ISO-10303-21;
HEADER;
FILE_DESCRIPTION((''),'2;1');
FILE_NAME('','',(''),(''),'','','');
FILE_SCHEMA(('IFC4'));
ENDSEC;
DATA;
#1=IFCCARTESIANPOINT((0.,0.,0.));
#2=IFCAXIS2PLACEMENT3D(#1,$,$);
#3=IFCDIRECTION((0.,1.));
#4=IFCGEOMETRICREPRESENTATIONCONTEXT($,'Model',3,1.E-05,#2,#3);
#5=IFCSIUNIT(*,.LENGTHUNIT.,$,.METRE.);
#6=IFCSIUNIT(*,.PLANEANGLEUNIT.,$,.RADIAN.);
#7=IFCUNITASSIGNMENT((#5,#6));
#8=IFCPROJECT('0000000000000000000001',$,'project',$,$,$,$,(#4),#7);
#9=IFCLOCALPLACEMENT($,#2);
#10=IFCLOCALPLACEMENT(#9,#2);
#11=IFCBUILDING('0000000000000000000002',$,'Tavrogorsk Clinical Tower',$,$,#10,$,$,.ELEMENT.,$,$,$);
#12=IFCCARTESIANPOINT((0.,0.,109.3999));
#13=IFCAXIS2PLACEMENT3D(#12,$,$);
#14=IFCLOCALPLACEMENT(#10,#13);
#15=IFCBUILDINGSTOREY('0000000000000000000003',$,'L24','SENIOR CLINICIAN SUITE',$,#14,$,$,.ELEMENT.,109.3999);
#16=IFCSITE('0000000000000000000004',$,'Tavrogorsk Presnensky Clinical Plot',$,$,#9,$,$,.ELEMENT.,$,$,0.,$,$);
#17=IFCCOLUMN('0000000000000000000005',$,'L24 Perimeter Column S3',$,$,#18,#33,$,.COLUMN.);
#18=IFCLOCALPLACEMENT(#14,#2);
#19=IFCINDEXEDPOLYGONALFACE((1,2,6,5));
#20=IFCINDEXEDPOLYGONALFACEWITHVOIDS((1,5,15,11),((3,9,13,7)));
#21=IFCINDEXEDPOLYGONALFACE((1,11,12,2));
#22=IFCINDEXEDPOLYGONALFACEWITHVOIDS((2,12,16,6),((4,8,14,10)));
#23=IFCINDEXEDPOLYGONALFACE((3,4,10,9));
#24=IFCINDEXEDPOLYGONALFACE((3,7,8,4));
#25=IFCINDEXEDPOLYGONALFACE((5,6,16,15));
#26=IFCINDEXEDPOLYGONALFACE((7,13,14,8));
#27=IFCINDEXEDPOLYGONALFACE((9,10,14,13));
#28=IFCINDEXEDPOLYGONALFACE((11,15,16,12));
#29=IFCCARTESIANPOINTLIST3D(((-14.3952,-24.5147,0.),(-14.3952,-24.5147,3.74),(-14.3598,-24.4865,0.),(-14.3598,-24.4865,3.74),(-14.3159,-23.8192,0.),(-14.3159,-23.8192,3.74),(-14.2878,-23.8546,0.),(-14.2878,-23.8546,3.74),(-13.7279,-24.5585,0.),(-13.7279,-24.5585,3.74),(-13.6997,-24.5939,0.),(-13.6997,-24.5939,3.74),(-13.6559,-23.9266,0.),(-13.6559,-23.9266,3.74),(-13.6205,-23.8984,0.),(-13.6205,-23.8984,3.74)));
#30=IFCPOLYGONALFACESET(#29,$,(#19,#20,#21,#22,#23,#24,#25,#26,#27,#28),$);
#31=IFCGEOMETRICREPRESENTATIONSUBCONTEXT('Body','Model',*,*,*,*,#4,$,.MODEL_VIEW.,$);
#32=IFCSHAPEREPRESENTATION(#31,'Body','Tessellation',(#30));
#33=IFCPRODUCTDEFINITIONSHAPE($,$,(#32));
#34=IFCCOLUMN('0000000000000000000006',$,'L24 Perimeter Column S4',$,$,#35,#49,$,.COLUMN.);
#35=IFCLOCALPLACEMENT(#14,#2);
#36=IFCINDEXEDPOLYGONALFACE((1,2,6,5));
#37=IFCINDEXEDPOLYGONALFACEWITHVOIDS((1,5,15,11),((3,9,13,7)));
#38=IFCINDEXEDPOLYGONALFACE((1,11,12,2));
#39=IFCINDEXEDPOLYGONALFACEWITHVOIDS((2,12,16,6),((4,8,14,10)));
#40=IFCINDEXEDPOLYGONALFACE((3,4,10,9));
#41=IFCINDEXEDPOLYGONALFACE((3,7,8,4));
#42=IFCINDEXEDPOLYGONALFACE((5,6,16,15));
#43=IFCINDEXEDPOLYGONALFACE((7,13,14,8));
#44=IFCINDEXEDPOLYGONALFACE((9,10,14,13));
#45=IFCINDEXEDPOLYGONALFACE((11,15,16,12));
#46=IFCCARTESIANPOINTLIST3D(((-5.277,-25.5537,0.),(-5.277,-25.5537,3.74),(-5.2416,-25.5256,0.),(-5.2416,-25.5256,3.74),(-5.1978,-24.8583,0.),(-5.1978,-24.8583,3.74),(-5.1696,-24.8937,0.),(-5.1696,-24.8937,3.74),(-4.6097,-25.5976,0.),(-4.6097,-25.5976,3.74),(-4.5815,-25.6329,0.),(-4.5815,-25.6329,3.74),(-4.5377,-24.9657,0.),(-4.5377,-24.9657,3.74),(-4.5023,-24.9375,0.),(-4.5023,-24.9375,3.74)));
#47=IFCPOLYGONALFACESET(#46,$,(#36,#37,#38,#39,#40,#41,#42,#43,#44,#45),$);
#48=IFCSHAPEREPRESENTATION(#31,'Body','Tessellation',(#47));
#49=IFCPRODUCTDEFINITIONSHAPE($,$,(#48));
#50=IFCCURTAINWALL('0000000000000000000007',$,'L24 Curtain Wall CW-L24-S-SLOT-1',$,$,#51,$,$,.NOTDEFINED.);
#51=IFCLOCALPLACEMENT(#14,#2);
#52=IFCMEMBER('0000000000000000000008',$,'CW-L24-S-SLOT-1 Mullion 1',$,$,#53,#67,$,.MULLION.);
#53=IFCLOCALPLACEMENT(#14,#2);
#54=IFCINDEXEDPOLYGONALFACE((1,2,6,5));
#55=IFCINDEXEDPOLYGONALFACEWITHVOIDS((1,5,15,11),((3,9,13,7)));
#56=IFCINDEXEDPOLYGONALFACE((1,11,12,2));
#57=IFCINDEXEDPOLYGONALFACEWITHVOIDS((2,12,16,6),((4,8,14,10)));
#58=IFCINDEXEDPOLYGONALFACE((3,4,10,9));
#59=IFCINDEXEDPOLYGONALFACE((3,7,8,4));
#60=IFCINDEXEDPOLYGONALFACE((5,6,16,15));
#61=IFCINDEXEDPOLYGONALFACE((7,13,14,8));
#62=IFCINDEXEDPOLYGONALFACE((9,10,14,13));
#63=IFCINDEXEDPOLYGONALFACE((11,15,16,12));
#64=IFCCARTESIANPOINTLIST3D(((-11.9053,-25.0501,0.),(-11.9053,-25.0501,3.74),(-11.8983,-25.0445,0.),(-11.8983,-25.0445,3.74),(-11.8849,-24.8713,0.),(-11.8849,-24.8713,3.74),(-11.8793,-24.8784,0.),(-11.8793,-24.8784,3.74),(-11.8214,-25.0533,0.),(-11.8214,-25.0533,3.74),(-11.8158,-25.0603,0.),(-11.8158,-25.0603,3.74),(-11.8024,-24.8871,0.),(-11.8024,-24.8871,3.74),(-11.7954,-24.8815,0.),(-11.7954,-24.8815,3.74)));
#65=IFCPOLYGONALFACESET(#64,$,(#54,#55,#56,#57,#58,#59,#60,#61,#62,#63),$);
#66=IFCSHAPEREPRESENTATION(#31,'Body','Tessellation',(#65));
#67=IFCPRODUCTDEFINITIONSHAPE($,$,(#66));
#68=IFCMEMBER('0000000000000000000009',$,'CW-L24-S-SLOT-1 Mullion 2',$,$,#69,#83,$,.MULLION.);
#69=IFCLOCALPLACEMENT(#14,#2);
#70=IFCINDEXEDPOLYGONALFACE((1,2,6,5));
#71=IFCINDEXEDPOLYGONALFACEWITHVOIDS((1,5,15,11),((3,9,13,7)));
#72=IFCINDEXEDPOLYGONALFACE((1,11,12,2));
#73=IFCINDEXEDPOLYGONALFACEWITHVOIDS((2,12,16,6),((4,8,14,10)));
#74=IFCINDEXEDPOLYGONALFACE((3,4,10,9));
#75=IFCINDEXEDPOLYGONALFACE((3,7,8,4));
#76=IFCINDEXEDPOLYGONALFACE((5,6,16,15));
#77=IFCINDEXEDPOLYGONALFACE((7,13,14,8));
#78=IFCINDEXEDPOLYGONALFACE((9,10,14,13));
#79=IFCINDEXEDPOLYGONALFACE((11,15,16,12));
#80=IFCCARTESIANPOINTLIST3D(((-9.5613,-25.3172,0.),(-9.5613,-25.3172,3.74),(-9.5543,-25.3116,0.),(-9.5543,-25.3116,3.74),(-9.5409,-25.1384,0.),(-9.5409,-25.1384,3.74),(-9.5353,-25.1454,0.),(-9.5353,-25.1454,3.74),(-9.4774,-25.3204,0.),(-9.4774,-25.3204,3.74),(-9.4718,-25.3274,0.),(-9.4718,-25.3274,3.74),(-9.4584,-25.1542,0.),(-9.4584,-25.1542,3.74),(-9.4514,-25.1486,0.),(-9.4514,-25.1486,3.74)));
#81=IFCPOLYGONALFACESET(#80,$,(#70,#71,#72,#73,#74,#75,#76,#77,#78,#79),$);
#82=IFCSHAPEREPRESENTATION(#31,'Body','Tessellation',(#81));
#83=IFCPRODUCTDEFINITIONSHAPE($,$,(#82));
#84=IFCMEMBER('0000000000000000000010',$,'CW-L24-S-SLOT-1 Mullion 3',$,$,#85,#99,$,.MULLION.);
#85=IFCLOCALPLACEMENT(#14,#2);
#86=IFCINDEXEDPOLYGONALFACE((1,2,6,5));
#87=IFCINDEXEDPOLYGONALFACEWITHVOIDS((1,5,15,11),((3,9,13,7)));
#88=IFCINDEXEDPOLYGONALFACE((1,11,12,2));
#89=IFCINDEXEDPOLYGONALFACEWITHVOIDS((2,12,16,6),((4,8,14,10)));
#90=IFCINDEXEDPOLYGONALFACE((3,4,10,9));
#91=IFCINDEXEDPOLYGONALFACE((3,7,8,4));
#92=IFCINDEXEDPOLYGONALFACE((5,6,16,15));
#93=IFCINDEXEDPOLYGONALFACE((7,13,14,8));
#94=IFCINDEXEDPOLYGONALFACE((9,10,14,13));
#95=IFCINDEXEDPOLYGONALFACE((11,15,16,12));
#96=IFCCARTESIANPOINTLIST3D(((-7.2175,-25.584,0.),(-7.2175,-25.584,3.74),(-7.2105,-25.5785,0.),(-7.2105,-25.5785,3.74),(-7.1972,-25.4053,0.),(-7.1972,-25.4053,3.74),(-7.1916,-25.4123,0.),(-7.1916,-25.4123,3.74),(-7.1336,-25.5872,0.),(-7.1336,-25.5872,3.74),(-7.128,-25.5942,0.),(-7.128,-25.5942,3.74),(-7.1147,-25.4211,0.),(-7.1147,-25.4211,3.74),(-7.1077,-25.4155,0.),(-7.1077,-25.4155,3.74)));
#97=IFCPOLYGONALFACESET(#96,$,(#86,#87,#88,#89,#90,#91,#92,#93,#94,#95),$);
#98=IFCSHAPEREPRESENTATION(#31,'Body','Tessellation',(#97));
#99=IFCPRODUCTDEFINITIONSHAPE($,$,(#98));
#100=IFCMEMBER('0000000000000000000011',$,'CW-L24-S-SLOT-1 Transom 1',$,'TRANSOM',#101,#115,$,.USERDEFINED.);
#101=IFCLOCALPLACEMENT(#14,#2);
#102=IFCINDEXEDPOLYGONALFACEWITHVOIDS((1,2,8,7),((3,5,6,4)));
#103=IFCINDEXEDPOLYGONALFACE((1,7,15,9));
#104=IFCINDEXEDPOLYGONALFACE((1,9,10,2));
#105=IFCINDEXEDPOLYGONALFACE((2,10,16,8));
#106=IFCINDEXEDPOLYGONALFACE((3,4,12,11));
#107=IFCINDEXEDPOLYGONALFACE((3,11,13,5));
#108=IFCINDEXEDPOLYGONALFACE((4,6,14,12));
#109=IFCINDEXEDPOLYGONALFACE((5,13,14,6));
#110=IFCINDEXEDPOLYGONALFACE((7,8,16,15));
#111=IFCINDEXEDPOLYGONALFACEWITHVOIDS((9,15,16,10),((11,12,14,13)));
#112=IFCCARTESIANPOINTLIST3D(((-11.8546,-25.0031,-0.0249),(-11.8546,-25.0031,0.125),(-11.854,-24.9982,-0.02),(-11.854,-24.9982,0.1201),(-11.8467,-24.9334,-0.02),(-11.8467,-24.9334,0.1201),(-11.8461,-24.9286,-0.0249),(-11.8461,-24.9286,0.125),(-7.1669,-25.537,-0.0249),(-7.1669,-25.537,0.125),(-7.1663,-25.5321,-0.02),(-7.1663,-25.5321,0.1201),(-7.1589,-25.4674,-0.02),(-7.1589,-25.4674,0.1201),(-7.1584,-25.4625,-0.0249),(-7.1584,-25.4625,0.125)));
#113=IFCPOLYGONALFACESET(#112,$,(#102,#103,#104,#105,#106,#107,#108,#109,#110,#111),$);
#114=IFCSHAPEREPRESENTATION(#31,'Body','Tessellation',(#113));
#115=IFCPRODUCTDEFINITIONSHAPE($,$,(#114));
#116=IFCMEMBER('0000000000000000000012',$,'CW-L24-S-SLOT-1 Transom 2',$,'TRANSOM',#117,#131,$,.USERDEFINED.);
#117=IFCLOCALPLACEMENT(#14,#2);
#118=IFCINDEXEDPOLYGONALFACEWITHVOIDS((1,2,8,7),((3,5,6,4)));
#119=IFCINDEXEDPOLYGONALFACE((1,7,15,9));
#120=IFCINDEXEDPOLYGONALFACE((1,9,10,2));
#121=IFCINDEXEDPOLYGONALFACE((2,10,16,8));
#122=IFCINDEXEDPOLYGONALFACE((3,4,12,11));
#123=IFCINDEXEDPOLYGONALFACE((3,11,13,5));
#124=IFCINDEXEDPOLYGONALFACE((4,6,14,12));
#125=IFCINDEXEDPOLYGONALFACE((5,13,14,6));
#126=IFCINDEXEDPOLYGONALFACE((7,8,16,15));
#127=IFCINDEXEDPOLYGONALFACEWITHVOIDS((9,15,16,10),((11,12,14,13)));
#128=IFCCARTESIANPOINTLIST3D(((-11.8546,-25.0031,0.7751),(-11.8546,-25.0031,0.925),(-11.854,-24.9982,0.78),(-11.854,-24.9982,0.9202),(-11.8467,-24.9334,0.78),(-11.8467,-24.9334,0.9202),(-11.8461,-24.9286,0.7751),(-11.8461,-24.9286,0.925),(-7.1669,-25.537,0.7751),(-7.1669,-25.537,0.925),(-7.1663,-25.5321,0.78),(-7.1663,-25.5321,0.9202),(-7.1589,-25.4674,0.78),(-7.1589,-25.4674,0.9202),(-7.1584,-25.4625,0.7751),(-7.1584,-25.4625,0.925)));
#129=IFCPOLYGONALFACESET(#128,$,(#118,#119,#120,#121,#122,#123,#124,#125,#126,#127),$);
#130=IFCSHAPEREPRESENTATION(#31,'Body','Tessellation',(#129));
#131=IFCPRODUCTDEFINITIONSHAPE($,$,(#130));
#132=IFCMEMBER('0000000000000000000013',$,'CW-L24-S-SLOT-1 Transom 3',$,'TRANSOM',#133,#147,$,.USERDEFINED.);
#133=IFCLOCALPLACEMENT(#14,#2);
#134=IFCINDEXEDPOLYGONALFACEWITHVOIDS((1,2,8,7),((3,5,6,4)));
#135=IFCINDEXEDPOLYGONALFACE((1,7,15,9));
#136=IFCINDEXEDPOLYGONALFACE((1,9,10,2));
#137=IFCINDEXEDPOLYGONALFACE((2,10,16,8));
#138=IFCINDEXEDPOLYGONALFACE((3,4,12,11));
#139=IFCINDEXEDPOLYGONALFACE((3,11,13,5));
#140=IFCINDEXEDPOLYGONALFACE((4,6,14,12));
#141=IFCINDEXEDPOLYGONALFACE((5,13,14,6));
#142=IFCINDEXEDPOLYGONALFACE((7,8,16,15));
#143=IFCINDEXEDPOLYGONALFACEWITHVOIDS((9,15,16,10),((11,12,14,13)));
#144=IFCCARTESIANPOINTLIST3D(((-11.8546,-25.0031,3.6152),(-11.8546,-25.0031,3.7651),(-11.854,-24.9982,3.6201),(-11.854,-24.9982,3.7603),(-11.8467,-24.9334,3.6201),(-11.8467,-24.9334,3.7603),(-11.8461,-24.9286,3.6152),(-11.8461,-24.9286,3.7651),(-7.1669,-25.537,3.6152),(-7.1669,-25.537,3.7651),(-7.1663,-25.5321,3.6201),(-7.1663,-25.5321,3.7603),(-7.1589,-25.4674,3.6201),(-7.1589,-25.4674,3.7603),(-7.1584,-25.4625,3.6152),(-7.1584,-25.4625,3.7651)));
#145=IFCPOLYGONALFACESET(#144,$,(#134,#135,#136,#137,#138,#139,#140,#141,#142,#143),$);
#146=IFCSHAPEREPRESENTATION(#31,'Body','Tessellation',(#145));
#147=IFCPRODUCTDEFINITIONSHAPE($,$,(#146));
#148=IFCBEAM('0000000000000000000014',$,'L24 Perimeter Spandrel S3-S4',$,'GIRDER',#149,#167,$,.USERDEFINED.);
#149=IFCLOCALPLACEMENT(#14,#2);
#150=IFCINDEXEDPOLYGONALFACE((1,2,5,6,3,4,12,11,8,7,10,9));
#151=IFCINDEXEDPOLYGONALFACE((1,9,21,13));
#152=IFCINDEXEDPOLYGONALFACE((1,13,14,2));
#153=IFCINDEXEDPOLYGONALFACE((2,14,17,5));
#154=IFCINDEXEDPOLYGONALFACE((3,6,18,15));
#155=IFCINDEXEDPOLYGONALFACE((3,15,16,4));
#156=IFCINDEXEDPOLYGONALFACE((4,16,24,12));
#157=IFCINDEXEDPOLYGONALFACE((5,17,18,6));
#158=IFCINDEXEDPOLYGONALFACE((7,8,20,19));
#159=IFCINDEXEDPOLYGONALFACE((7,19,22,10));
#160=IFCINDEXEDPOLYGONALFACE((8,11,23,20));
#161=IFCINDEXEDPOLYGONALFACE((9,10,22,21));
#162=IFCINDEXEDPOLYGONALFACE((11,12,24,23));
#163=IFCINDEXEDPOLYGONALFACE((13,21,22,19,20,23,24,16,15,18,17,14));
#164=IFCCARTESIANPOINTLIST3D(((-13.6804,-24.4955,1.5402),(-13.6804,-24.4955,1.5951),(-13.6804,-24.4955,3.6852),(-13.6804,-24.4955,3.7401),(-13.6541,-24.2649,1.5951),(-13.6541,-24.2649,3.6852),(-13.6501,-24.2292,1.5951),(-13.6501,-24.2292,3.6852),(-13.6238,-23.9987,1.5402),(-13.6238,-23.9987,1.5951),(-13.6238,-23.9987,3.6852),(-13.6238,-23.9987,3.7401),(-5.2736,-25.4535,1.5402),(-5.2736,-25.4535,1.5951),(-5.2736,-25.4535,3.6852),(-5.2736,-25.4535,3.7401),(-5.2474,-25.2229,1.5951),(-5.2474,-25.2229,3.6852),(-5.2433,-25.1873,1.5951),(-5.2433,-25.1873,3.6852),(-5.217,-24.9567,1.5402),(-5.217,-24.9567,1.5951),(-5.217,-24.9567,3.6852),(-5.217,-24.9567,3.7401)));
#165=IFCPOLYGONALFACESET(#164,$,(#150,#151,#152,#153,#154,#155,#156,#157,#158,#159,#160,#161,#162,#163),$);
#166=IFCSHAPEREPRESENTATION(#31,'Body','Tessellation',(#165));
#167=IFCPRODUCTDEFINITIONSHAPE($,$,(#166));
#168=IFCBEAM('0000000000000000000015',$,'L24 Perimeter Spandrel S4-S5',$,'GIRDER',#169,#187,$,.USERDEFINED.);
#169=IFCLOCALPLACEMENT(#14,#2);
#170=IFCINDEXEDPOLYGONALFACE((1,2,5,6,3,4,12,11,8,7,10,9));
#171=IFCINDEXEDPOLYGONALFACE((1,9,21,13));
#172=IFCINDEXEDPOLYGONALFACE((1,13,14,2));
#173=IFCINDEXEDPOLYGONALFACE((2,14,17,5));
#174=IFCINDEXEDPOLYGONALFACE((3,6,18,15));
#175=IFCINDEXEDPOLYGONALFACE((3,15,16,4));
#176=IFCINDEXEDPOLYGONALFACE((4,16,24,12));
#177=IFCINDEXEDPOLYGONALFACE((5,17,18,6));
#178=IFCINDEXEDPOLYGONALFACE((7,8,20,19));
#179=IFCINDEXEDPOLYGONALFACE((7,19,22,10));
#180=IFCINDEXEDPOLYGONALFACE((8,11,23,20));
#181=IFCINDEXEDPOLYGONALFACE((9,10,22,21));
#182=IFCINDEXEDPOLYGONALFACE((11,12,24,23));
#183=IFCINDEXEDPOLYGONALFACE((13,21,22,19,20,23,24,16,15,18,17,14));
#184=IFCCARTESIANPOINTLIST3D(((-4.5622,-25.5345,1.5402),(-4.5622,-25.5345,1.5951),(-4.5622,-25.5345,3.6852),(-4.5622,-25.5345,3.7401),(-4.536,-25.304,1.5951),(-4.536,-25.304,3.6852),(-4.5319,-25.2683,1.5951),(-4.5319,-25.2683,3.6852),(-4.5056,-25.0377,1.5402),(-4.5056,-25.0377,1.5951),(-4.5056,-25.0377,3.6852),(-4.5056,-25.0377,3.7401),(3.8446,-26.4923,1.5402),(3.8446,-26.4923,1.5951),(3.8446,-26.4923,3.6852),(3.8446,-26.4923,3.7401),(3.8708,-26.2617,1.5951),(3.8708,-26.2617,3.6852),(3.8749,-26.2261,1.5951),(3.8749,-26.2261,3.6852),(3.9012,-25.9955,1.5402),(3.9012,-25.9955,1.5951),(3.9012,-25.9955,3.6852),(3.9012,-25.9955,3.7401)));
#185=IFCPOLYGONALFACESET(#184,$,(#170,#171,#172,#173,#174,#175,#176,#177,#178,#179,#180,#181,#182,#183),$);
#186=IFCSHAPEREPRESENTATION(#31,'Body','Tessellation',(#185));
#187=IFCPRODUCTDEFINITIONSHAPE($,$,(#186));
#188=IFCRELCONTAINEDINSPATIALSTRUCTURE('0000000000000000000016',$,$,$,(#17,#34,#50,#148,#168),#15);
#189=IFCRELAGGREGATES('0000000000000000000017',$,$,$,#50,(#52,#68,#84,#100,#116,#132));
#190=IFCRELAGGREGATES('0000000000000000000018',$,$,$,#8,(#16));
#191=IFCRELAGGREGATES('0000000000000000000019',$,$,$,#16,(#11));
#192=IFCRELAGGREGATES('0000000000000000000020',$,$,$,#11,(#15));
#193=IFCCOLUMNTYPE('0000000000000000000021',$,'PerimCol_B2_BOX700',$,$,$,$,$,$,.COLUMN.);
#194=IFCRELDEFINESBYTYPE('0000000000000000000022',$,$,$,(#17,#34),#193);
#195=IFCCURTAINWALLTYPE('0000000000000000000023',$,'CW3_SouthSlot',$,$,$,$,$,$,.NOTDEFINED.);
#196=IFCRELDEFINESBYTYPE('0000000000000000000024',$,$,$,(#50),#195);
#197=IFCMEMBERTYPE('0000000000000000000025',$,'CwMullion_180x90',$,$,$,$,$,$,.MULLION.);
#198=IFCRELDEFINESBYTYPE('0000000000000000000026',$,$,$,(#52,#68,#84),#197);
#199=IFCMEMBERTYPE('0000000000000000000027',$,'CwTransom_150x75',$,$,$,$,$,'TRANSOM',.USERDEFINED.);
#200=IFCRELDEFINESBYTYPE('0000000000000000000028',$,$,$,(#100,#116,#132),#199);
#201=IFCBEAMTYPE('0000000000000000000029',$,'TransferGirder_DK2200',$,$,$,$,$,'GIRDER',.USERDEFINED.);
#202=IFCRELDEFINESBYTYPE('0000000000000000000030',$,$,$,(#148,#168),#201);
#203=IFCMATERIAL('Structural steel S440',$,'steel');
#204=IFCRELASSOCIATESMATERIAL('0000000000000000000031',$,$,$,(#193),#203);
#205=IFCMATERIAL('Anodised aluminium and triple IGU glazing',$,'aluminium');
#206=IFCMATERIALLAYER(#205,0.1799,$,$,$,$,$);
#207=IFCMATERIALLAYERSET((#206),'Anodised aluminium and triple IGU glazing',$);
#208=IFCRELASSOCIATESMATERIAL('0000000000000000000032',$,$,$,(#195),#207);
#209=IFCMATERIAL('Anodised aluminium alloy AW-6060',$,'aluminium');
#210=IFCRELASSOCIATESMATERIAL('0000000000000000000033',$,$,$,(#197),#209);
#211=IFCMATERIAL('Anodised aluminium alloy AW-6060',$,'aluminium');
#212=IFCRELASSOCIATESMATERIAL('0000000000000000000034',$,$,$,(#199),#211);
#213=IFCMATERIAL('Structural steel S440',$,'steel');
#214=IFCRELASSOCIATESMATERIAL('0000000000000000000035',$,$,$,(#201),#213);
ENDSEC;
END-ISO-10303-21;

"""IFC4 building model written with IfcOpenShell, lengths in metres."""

from ifc_helpers import new_model, si_unit, direction, frame, origin, origin_2d, place, context, subcontext, project, spatial, hollow_rectangle, i_section, extrude, material, layer, layer_set, material_profile, profile_set, type_object, element, aggregate, save


model = new_model("IFC4")

# Units and contexts
model_context = context("Model", 3, precision=1e-05, world=origin(), true_north=direction((0.0, 1.0)))
body_context = subcontext(model_context, "Body", "Model", "MODEL_VIEW")
ifc_project = project(units=[si_unit("LENGTHUNIT", "METRE"), si_unit("PLANEANGLEUNIT", "RADIAN")], contexts=[model_context])

# Site, building, storey
site_placement = place(None, origin())
site = spatial("IfcSite", under=ifc_project, at=site_placement, Name="Tavrogorsk Presnensky Clinical Plot", CompositionType="ELEMENT", RefElevation=0.0)
building_placement = place(site_placement, origin())
building = spatial("IfcBuilding", under=site, at=building_placement, Name="Tavrogorsk Clinical Tower", CompositionType="ELEMENT")
storey_placement = place(building_placement, frame((0.0, 0.0, 109.3999)))
storey = spatial("IfcBuildingStorey", under=building, at=storey_placement, Name="L24", Description="SENIOR CLINICIAN SUITE", CompositionType="ELEMENT", Elevation=109.3999)

# Columns
ifc_material_1 = material(Name="Structural steel S440", Category="steel")
ifc_material_profile_1 = material_profile(ifc_material_1, hollow_rectangle(XDim=0.7, YDim=0.7, WallThickness=0.032, at=origin_2d()), Name="BOX-700x700x32")
ifc_profile_set_1 = profile_set([ifc_material_profile_1], Name="Structural steel S440")
column_type = type_object("IfcColumnType", Name="PerimCol_B2_BOX700", PredefinedType="COLUMN", material=ifc_profile_set_1)
for number, where, z_axis, x_axis, name in (
    (1, (-14.0078, -24.2065, 0.0), (0.0, 0.0, 1.0), (0.993572, -0.113203, 0.0), "L24 Perimeter Column S3"),
    (2, (-4.8896, -25.2456, 0.0), (0.0, 0.0, 1.0), (0.993572, -0.113203, 0.0), "L24 Perimeter Column S4"),
):
    element("IfcColumn", number, at=place(storey_placement, frame(where, z_axis=z_axis, x_axis=x_axis)), inside=storey, type_object=column_type, Name=name, PredefinedType="COLUMN", context=body_context, shape_type="SweptSolid", body=[
        extrude(hollow_rectangle(XDim=0.7, YDim=0.7, WallThickness=0.032, at=origin_2d()), origin(), (0.0, 0.0, 1.0), 3.74),
    ])

# Curtain wall, members
ifc_material_2 = material(Name="Anodised aluminium and triple IGU glazing", Category="aluminium")
ifc_layer_1 = layer(ifc_material_2, 0.1799)
ifc_layer_set_1 = layer_set([ifc_layer_1], Name="Anodised aluminium and triple IGU glazing")
curtain_wall_type = type_object("IfcCurtainWallType", Name="CW3_SouthSlot", PredefinedType="NOTDEFINED", material=ifc_layer_set_1)
curtain_wall_placement = place(storey_placement, origin())
curtain_wall = element("IfcCurtainWall", 3, at=curtain_wall_placement, inside=storey, type_object=curtain_wall_type, Name="L24 Curtain Wall CW-L24-S-SLOT-1", PredefinedType="NOTDEFINED")
ifc_material_3 = material(Name="Anodised aluminium alloy AW-6060", Category="aluminium")
ifc_material_profile_2 = material_profile(ifc_material_3, hollow_rectangle(XDim=0.0901, YDim=0.1799, WallThickness=0.0063, at=origin_2d()), Name="RHS-180x90x6.3")
ifc_profile_set_2 = profile_set([ifc_material_profile_2], Name="Anodised aluminium alloy AW-6060")
member_type_1 = type_object("IfcMemberType", Name="CwMullion_180x90", PredefinedType="MULLION", material=ifc_profile_set_2)
member_1_placement = place(storey_placement, frame((-11.8503, -24.9658, 0.0), z_axis=(0.0, 0.0, 1.0), x_axis=(0.993572, -0.113203, 0.0)))
member_1 = element("IfcMember", 4, at=member_1_placement, type_object=member_type_1, Name="CW-L24-S-SLOT-1 Mullion 1", PredefinedType="MULLION", context=body_context, shape_type="SweptSolid", body=[
    extrude(hollow_rectangle(XDim=0.0901, YDim=0.1799, WallThickness=0.0063, at=origin_2d()), origin(), (0.0, 0.0, 1.0), 3.74),
])
member_2_placement = place(storey_placement, frame((-9.5063, -25.2329, 0.0), z_axis=(0.0, 0.0, 1.0), x_axis=(0.993572, -0.113203, 0.0)))
member_2 = element("IfcMember", 5, at=member_2_placement, type_object=member_type_1, Name="CW-L24-S-SLOT-1 Mullion 2", PredefinedType="MULLION", context=body_context, shape_type="SweptSolid", body=[
    extrude(hollow_rectangle(XDim=0.0901, YDim=0.1799, WallThickness=0.0063, at=origin_2d()), origin(), (0.0, 0.0, 1.0), 3.74),
])
member_3_placement = place(storey_placement, frame((-7.1626, -25.4998, 0.0), z_axis=(0.0, 0.0, 1.0), x_axis=(0.993572, -0.113203, 0.0)))
member_3 = element("IfcMember", 6, at=member_3_placement, type_object=member_type_1, Name="CW-L24-S-SLOT-1 Mullion 3", PredefinedType="MULLION", context=body_context, shape_type="SweptSolid", body=[
    extrude(hollow_rectangle(XDim=0.0901, YDim=0.1799, WallThickness=0.0063, at=origin_2d()), origin(), (0.0, 0.0, 1.0), 3.74),
])
ifc_material_4 = material(Name="Anodised aluminium alloy AW-6060", Category="aluminium")
ifc_material_profile_3 = material_profile(ifc_material_4, hollow_rectangle(XDim=0.075, YDim=0.1499, WallThickness=0.0049, at=origin_2d()), Name="RHS-150x75x5")
ifc_profile_set_3 = profile_set([ifc_material_profile_3], Name="Anodised aluminium alloy AW-6060")
member_type_2 = type_object("IfcMemberType", Name="CwTransom_150x75", ElementType="TRANSOM", PredefinedType="USERDEFINED", material=ifc_profile_set_3)
member_4_placement = place(storey_placement, frame((-11.8503, -24.9658, 0.05), z_axis=(0.993576, -0.113169, 0.0), x_axis=(0.113169, 0.993576, 0.0)))
member_4 = element("IfcMember", 7, at=member_4_placement, type_object=member_type_2, Name="CW-L24-S-SLOT-1 Transom 1", ObjectType="TRANSOM", PredefinedType="USERDEFINED", context=body_context, shape_type="SweptSolid", body=[
    extrude(hollow_rectangle(XDim=0.075, YDim=0.1499, WallThickness=0.0049, at=origin_2d()), origin(), (0.0, 0.0, 1.0), 4.718),
])
member_5_placement = place(storey_placement, frame((-11.8503, -24.9658, 0.8501), z_axis=(0.993576, -0.113169, 0.0), x_axis=(0.113169, 0.993576, 0.0)))
member_5 = element("IfcMember", 8, at=member_5_placement, type_object=member_type_2, Name="CW-L24-S-SLOT-1 Transom 2", ObjectType="TRANSOM", PredefinedType="USERDEFINED", context=body_context, shape_type="SweptSolid", body=[
    extrude(hollow_rectangle(XDim=0.075, YDim=0.1499, WallThickness=0.0049, at=origin_2d()), origin(), (0.0, 0.0, 1.0), 4.718),
])
member_6_placement = place(storey_placement, frame((-11.8503, -24.9658, 3.6902), z_axis=(0.993576, -0.113169, 0.0), x_axis=(0.113169, 0.993576, 0.0)))
member_6 = element("IfcMember", 9, at=member_6_placement, type_object=member_type_2, Name="CW-L24-S-SLOT-1 Transom 3", ObjectType="TRANSOM", PredefinedType="USERDEFINED", context=body_context, shape_type="SweptSolid", body=[
    extrude(hollow_rectangle(XDim=0.075, YDim=0.1499, WallThickness=0.0049, at=origin_2d()), origin(), (0.0, 0.0, 1.0), 4.718),
])

# Beams
ifc_material_5 = material(Name="Structural steel S440", Category="steel")
ifc_material_profile_4 = material_profile(ifc_material_5, i_section(OverallWidth=0.5, OverallDepth=2.2, WebThickness=0.0359, FlangeThickness=0.0549, at=origin_2d()), Name="DK-2200x500x36x55")
ifc_profile_set_4 = profile_set([ifc_material_profile_4], Name="Structural steel S440")
beam_type = type_object("IfcBeamType", Name="TransferGirder_DK2200", ElementType="GIRDER", PredefinedType="USERDEFINED", material=ifc_profile_set_4)
for number, where, z_axis, x_axis, name in (
    (10, (-13.6521, -24.2471, 2.6401), (0.993569, -0.113224, 0.0), (0.113224, 0.993569, 0.0), "L24 Perimeter Spandrel S3-S4"),
    (11, (-4.5339, -25.2861, 2.6401), (0.993573, -0.113196, 0.0), (0.113196, 0.993573, 0.0), "L24 Perimeter Spandrel S4-S5"),
):
    element("IfcBeam", number, at=place(storey_placement, frame(where, z_axis=z_axis, x_axis=x_axis)), inside=storey, type_object=beam_type, Name=name, ObjectType="GIRDER", PredefinedType="USERDEFINED", context=body_context, shape_type="SweptSolid", body=[
        extrude(i_section(OverallWidth=0.5, OverallDepth=2.2, WebThickness=0.0359, FlangeThickness=0.0549, at=origin_2d()), origin(), (0.0, 0.0, 1.0), 8.4612),
    ])

aggregate(curtain_wall, [member_1, member_2, member_3, member_4, member_5, member_6])

save(model, "model.ifc")
